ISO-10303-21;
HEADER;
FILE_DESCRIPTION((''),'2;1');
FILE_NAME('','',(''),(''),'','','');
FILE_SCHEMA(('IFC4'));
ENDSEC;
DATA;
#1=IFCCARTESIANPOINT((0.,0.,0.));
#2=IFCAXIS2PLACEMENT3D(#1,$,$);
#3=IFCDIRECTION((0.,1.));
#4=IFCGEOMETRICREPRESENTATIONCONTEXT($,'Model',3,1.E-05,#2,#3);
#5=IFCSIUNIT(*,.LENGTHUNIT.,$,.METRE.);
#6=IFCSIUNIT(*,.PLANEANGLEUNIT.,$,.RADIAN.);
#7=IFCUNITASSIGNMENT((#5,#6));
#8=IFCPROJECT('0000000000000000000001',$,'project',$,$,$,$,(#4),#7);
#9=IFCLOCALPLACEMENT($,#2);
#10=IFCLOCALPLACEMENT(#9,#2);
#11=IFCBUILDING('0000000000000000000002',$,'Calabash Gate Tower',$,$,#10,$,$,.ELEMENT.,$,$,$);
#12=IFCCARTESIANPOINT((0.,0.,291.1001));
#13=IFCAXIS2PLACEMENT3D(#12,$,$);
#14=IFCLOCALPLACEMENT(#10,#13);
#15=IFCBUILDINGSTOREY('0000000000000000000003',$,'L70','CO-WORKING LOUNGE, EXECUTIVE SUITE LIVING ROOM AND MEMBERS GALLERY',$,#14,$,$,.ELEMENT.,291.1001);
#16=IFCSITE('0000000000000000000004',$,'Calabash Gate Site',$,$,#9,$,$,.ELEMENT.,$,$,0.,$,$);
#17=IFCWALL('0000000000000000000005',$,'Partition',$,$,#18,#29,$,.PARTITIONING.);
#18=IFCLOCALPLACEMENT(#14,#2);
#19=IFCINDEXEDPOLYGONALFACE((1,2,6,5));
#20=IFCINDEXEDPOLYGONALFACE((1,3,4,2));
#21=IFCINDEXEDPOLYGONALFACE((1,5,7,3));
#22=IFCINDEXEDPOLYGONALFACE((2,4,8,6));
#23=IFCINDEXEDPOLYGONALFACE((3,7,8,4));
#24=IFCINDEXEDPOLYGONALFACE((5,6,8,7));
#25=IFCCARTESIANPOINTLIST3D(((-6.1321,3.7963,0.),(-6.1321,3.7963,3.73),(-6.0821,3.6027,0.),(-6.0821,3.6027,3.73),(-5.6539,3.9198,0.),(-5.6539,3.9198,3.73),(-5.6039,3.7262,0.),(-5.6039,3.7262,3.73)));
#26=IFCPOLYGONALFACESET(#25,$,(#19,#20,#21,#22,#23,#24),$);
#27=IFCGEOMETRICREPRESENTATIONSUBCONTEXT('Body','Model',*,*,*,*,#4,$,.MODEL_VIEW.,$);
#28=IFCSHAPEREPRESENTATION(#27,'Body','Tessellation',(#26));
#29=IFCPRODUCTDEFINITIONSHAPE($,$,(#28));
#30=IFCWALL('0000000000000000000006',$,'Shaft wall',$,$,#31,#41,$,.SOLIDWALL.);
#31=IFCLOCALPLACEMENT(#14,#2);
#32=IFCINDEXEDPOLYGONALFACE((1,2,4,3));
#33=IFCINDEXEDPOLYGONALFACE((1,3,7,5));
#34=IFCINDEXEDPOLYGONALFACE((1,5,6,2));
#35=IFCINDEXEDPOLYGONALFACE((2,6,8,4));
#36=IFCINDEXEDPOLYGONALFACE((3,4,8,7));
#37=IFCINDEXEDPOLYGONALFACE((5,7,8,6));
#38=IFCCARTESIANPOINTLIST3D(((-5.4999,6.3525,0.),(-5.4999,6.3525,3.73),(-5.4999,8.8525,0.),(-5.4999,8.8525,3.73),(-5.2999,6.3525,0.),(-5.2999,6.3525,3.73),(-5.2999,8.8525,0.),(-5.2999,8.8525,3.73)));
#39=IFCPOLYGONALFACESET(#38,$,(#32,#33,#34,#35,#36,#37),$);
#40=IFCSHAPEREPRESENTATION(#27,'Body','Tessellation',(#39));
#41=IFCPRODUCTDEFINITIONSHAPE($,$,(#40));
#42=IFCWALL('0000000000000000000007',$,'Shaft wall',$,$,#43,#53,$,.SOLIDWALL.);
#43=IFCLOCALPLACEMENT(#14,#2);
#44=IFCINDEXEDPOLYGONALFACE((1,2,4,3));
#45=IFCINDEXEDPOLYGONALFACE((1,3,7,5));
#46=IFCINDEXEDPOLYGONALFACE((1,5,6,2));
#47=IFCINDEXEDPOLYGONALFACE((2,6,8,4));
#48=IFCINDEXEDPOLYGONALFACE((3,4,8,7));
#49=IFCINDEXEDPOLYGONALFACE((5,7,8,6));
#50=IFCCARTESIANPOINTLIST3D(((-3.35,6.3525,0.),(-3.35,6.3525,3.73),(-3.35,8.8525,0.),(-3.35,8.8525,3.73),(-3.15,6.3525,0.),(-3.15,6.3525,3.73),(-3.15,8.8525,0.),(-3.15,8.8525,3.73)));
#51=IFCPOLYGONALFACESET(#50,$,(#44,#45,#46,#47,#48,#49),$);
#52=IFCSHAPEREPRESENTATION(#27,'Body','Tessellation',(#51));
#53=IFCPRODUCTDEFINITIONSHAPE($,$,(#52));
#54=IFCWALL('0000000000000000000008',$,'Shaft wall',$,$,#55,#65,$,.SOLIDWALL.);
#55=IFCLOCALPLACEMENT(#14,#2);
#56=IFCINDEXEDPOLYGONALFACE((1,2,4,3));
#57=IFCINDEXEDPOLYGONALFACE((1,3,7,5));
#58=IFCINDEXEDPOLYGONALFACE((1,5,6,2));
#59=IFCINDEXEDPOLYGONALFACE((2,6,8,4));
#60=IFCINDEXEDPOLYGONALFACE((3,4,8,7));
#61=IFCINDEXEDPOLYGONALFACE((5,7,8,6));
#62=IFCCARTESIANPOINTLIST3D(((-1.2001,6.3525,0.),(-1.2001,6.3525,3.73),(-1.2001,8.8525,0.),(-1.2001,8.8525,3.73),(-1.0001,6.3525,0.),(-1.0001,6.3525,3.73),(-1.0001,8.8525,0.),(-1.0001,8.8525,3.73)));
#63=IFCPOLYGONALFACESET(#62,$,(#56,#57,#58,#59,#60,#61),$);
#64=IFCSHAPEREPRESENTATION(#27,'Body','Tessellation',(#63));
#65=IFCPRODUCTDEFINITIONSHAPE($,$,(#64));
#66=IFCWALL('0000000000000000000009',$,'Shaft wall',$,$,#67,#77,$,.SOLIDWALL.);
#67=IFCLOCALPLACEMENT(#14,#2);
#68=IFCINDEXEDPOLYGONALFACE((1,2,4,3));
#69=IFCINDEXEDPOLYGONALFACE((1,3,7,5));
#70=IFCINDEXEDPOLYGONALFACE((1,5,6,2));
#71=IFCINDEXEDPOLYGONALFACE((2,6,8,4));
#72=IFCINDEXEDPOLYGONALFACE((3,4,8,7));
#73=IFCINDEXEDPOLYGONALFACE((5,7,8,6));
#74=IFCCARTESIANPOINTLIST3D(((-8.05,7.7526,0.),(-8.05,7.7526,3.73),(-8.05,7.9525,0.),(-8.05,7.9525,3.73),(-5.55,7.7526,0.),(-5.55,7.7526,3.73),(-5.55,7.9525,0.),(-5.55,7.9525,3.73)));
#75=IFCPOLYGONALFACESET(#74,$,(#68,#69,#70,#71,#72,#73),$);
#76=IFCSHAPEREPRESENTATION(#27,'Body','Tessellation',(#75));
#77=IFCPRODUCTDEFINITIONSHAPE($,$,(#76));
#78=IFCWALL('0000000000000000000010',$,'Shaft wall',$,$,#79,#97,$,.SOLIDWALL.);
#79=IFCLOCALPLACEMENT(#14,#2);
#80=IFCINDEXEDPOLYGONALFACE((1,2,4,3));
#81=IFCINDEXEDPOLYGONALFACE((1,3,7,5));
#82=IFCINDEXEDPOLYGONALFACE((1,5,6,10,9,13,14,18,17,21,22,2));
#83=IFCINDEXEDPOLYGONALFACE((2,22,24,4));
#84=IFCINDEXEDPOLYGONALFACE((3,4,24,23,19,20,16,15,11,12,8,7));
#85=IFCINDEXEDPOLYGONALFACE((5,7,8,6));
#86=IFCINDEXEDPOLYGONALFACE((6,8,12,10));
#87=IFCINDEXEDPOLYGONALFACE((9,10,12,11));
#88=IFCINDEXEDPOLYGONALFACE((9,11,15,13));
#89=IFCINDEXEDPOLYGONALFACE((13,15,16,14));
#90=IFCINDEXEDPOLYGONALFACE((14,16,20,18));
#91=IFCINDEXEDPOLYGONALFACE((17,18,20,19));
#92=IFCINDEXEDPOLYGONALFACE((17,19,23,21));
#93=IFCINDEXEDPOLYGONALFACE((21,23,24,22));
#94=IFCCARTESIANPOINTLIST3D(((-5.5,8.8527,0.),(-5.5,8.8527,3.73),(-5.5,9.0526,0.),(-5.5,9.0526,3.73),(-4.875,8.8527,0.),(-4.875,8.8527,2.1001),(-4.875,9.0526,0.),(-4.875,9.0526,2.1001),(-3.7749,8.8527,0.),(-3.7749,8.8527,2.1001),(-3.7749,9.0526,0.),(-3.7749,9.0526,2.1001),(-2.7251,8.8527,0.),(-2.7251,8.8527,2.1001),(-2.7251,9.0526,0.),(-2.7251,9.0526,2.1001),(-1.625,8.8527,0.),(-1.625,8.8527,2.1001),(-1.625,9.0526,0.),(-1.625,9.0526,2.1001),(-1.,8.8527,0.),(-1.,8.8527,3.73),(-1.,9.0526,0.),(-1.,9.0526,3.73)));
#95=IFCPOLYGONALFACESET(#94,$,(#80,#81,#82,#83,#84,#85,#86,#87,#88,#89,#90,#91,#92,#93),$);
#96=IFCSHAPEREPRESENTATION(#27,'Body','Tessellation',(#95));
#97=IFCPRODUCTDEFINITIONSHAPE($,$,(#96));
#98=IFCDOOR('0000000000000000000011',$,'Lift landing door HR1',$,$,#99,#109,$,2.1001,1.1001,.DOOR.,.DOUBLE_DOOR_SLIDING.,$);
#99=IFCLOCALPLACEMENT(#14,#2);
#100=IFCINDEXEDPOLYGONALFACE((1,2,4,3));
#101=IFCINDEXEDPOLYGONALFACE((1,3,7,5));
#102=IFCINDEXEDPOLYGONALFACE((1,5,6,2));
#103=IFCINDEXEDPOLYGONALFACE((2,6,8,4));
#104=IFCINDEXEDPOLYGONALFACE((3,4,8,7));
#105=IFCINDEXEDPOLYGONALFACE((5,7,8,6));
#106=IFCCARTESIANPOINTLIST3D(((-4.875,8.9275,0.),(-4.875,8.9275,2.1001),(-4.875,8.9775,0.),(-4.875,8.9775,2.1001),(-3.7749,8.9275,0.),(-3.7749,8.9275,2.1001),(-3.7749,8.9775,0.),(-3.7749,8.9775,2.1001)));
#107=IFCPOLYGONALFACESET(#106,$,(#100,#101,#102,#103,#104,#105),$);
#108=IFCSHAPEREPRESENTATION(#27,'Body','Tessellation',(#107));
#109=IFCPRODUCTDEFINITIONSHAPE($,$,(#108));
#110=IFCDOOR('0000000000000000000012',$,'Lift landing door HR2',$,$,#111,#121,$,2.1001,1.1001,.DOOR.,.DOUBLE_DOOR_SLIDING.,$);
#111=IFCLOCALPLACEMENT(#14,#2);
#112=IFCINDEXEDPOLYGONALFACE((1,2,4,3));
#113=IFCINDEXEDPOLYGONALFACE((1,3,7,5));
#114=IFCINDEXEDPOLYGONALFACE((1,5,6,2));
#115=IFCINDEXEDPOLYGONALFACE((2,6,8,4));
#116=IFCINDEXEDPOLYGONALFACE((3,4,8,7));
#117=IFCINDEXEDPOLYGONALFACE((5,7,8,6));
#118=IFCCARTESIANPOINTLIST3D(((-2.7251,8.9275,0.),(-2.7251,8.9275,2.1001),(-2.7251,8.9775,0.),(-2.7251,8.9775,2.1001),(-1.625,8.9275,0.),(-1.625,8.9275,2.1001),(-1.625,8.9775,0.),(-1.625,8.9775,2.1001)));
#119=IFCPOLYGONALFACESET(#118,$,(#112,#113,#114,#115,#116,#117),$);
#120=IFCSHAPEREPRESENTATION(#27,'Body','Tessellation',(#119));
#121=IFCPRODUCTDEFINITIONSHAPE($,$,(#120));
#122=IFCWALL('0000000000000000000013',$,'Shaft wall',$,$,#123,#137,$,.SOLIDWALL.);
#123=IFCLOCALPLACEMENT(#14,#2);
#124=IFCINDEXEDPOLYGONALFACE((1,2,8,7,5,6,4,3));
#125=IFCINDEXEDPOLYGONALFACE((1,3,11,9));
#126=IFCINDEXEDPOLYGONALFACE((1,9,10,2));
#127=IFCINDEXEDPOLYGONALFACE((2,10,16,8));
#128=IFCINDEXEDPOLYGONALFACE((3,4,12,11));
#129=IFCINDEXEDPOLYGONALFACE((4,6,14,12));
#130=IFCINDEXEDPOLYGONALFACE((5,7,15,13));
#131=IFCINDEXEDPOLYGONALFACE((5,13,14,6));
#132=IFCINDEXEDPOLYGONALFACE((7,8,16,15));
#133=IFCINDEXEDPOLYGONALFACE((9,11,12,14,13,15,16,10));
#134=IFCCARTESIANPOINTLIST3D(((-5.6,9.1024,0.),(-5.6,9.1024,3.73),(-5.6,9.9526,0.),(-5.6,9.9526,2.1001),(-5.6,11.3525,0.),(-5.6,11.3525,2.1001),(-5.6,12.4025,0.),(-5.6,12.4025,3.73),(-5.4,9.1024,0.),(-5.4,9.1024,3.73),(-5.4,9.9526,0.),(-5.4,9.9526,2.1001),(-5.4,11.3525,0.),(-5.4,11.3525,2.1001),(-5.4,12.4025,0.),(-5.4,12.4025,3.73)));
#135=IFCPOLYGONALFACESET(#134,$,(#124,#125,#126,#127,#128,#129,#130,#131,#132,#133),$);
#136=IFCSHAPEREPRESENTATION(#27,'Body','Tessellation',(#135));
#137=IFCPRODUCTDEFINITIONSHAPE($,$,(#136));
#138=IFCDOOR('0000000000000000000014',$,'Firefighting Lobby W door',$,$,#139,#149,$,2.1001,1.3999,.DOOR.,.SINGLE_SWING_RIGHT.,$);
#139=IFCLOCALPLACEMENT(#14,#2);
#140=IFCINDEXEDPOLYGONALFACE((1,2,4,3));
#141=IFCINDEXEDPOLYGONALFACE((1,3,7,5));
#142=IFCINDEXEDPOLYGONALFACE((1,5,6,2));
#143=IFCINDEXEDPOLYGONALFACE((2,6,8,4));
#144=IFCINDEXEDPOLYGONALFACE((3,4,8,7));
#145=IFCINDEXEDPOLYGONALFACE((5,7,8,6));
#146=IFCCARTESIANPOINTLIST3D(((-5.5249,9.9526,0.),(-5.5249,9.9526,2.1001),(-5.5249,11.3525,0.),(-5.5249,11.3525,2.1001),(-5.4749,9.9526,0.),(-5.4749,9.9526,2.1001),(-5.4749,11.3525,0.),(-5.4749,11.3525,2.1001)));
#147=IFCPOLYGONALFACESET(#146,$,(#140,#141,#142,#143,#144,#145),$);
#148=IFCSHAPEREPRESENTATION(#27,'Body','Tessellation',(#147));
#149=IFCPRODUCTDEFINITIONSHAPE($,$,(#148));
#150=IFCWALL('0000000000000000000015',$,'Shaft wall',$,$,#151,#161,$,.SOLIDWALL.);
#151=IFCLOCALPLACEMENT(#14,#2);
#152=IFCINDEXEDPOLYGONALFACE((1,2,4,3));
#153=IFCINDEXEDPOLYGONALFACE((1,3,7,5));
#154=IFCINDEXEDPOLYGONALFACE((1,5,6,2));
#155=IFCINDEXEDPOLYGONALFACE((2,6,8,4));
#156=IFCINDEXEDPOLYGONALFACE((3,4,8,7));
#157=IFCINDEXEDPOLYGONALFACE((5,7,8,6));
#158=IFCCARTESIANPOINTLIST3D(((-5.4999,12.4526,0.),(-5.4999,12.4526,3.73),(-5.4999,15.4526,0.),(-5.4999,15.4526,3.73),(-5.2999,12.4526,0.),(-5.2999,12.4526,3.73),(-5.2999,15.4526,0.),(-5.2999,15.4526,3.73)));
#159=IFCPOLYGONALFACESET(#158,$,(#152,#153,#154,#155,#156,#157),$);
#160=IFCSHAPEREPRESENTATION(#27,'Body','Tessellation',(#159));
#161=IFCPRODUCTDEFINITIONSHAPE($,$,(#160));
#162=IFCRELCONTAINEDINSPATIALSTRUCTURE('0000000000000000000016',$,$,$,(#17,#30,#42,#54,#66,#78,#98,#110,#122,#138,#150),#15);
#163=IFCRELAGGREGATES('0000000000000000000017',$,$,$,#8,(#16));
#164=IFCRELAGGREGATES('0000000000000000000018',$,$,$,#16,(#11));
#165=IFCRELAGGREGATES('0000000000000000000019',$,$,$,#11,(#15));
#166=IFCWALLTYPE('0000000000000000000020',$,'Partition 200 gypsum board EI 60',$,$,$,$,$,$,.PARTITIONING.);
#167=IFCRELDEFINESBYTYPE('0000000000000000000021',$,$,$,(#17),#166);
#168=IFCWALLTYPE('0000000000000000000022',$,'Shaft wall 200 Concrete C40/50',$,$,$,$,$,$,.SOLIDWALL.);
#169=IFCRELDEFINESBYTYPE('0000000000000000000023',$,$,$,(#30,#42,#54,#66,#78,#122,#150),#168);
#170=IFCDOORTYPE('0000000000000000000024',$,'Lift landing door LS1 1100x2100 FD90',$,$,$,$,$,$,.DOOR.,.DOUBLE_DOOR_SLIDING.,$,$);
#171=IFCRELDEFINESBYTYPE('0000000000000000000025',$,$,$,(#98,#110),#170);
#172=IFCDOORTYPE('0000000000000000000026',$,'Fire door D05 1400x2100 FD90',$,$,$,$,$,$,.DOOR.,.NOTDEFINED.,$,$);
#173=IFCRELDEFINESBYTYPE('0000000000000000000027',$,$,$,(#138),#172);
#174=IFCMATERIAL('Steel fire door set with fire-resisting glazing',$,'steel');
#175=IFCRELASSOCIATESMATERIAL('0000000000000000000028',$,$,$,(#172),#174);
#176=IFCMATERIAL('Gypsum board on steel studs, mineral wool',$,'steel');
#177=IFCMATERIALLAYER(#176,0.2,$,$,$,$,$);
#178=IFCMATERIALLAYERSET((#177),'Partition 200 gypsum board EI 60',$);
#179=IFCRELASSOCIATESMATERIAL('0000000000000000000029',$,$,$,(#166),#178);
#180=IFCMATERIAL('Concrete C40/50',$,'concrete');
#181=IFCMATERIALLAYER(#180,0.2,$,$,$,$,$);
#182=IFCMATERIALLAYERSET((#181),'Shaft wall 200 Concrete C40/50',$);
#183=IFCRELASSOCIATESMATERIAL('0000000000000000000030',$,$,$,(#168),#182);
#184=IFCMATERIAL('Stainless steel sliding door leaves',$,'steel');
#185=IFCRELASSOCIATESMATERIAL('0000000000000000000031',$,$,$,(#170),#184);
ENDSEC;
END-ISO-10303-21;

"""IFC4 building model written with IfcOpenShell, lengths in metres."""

from ifc_helpers import new_model, si_unit, direction, frame, frame_2d, origin, place, context, subcontext, project, spatial, rectangle, extrude, material, layer, layer_set, type_object, element, fill, save


model = new_model("IFC4")

# Units and contexts
model_context = context("Model", 3, precision=1e-05, world=origin(), true_north=direction((0.0, 1.0)))
body_context = subcontext(model_context, "Body", "Model", "MODEL_VIEW")
ifc_project = project(units=[si_unit("LENGTHUNIT", "METRE"), si_unit("PLANEANGLEUNIT", "RADIAN")], contexts=[model_context])

# Site, building, storey
site_placement = place(None, origin())
site = spatial("IfcSite", under=ifc_project, at=site_placement, Name="Calabash Gate Site", CompositionType="ELEMENT", RefElevation=0.0)
building_placement = place(site_placement, origin())
building = spatial("IfcBuilding", under=site, at=building_placement, Name="Calabash Gate Tower", CompositionType="ELEMENT")
storey_placement = place(building_placement, frame((0.0, 0.0, 291.1001)))
storey = spatial("IfcBuildingStorey", under=building, at=storey_placement, Name="L70", Description="CO-WORKING LOUNGE, EXECUTIVE SUITE LIVING ROOM AND MEMBERS GALLERY", CompositionType="ELEMENT", Elevation=291.1001)

# Shared definitions
ifc_material_1 = material(Name="Steel fire door set with fire-resisting glazing", Category="steel")
door_type_1 = type_object("IfcDoorType", Name="Fire door D05 1400x2100 FD90", OperationType="NOTDEFINED", PredefinedType="DOOR", material=ifc_material_1)

# Walls
ifc_material_2 = material(Name="Gypsum board on steel studs, mineral wool", Category="steel")
ifc_layer_1 = layer(ifc_material_2, 0.2)
ifc_layer_set_1 = layer_set([ifc_layer_1], Name="Partition 200 gypsum board EI 60")
wall_type_1 = type_object("IfcWallType", Name="Partition 200 gypsum board EI 60", PredefinedType="PARTITIONING", material=ifc_layer_set_1)
wall_1_placement = place(storey_placement, frame((-6.1072, 3.6995, 0.0), z_axis=(0.0, 0.0, 1.0), x_axis=(0.968223, 0.250087, 0.0)))
element("IfcWall", 1, at=wall_1_placement, inside=storey, type_object=wall_type_1, Name="Partition", PredefinedType="PARTITIONING", context=body_context, shape_type="SweptSolid", body=[
    extrude(rectangle(XDim=0.4939, YDim=0.2, at=frame_2d((0.2471, 0.0))), origin(), (0.0, 0.0, 1.0), 3.73),
])
ifc_material_3 = material(Name="Concrete C40/50", Category="concrete")
ifc_layer_2 = layer(ifc_material_3, 0.2)
ifc_layer_set_2 = layer_set([ifc_layer_2], Name="Shaft wall 200 Concrete C40/50")
wall_type_2 = type_object("IfcWallType", Name="Shaft wall 200 Concrete C40/50", PredefinedType="SOLIDWALL", material=ifc_layer_set_2)
for number, where, z_axis, x_axis, name in (
    (2, (-5.3999, 6.3525, 0.0), (0.0, 0.0, 1.0), (0.0, 1.0, 0.0), "Shaft wall"),
    (3, (-3.25, 6.3525, 0.0), (0.0, 0.0, 1.0), (0.0, 1.0, 0.0), "Shaft wall"),
    (4, (-1.1001, 6.3525, 0.0), (0.0, 0.0, 1.0), (0.0, 1.0, 0.0), "Shaft wall"),
    (5, (-8.05, 7.8525, 0.0), (0.0, 0.0, 1.0), (1.0, 0.0, 0.0), "Shaft wall"),
):
    element("IfcWall", number, at=place(storey_placement, frame(where, z_axis=z_axis, x_axis=x_axis)), inside=storey, type_object=wall_type_2, Name=name, PredefinedType="SOLIDWALL", context=body_context, shape_type="SweptSolid", body=[
        extrude(rectangle(XDim=2.5, YDim=0.2, at=frame_2d((1.25, 0.0))), origin(), (0.0, 0.0, 1.0), 3.73),
    ])

# Wall, openings, doors
wall_2_placement = place(storey_placement, frame((-5.5, 8.9526, 0.0), z_axis=(0.0, 0.0, 1.0), x_axis=(1.0, 0.0, 0.0)))
wall_2 = element("IfcWall", 6, at=wall_2_placement, inside=storey, type_object=wall_type_2, Name="Shaft wall", PredefinedType="SOLIDWALL", context=body_context, shape_type="SweptSolid", body=[
    extrude(rectangle(XDim=4.5, YDim=0.2, at=frame_2d((2.25, 0.0))), origin(), (0.0, 0.0, 1.0), 3.73),
])
opening_1_placement = place(wall_2_placement, frame((0.625, 0.0, 0.0)))
opening_1 = element("IfcOpeningElement", 7, at=opening_1_placement, cuts=wall_2, PredefinedType="OPENING", context=body_context, shape_type="SweptSolid", body=[
    extrude(rectangle(XDim=1.1001, YDim=2.1001, at=frame_2d((0.55, 1.05))), frame((0.0, 0.1099, 0.0), z_axis=(0.0, -1.0, 0.0), x_axis=(1.0, 0.0, 0.0)), (0.0, 0.0, 1.0), 0.22),
])
opening_2_placement = place(wall_2_placement, frame((2.7749, 0.0, 0.0)))
opening_2 = element("IfcOpeningElement", 8, at=opening_2_placement, cuts=wall_2, PredefinedType="OPENING", context=body_context, shape_type="SweptSolid", body=[
    extrude(rectangle(XDim=1.1001, YDim=2.1001, at=frame_2d((0.55, 1.05))), frame((0.0, 0.1099, 0.0), z_axis=(0.0, -1.0, 0.0), x_axis=(1.0, 0.0, 0.0)), (0.0, 0.0, 1.0), 0.22),
])
ifc_material_4 = material(Name="Stainless steel sliding door leaves", Category="steel")
door_type_2 = type_object("IfcDoorType", Name="Lift landing door LS1 1100x2100 FD90", OperationType="DOUBLE_DOOR_SLIDING", PredefinedType="DOOR", material=ifc_material_4)
door_1_placement = place(opening_1_placement, origin())
door_1 = element("IfcDoor", 9, at=door_1_placement, inside=storey, type_object=door_type_2, Name="Lift landing door HR1", OperationType="DOUBLE_DOOR_SLIDING", OverallHeight=2.1001, OverallWidth=1.1001, PredefinedType="DOOR", context=body_context, shape_type="SweptSolid", body=[
    extrude(rectangle(XDim=1.1001, YDim=2.1001, at=frame_2d((0.55, 1.05))), frame((0.0, 0.0249, 0.0), z_axis=(0.0, -1.0, 0.0), x_axis=(1.0, 0.0, 0.0)), (0.0, 0.0, 1.0), 0.05),
])
fill(opening_1, door_1)
door_2_placement = place(opening_2_placement, origin())
door_2 = element("IfcDoor", 10, at=door_2_placement, inside=storey, type_object=door_type_2, Name="Lift landing door HR2", OperationType="DOUBLE_DOOR_SLIDING", OverallHeight=2.1001, OverallWidth=1.1001, PredefinedType="DOOR", context=body_context, shape_type="SweptSolid", body=[
    extrude(rectangle(XDim=1.1001, YDim=2.1001, at=frame_2d((0.55, 1.05))), frame((0.0, 0.0249, 0.0), z_axis=(0.0, -1.0, 0.0), x_axis=(1.0, 0.0, 0.0)), (0.0, 0.0, 1.0), 0.05),
])
fill(opening_2, door_2)

# Wall, opening, door
wall_3_placement = place(storey_placement, frame((-5.5, 9.1025, 0.0), z_axis=(0.0, 0.0, 1.0), x_axis=(0.0, 1.0, 0.0)))
wall_3 = element("IfcWall", 11, at=wall_3_placement, inside=storey, type_object=wall_type_2, Name="Shaft wall", PredefinedType="SOLIDWALL", context=body_context, shape_type="SweptSolid", body=[
    extrude(rectangle(XDim=3.3, YDim=0.2, at=frame_2d((1.6499, 0.0))), origin(), (0.0, 0.0, 1.0), 3.73),
])
opening_3_placement = place(wall_3_placement, frame((0.8501, 0.0, 0.0)))
opening_3 = element("IfcOpeningElement", 12, at=opening_3_placement, cuts=wall_3, PredefinedType="OPENING", context=body_context, shape_type="SweptSolid", body=[
    extrude(rectangle(XDim=1.3999, YDim=2.1001, at=frame_2d((0.7, 1.05))), frame((0.0, 0.1099, 0.0), z_axis=(0.0, -1.0, 0.0), x_axis=(1.0, 0.0, 0.0)), (0.0, 0.0, 1.0), 0.22),
])
door_3_placement = place(opening_3_placement, origin())
door_3 = element("IfcDoor", 13, at=door_3_placement, inside=storey, type_object=door_type_1, Name="Firefighting Lobby W door", OperationType="SINGLE_SWING_RIGHT", OverallHeight=2.1001, OverallWidth=1.3999, PredefinedType="DOOR", context=body_context, shape_type="SweptSolid", body=[
    extrude(rectangle(XDim=1.3999, YDim=2.1001, at=frame_2d((0.7, 1.05))), frame((0.0, 0.0249, 0.0), z_axis=(0.0, -1.0, 0.0), x_axis=(1.0, 0.0, 0.0)), (0.0, 0.0, 1.0), 0.05),
])
fill(opening_3, door_3)

# Wall
wall_4_placement = place(storey_placement, frame((-5.3999, 12.4526, 0.0), z_axis=(0.0, 0.0, 1.0), x_axis=(0.0, 1.0, 0.0)))
element("IfcWall", 14, at=wall_4_placement, inside=storey, type_object=wall_type_2, Name="Shaft wall", PredefinedType="SOLIDWALL", context=body_context, shape_type="SweptSolid", body=[
    extrude(rectangle(XDim=3.0, YDim=0.2, at=frame_2d((1.5, 0.0))), origin(), (0.0, 0.0, 1.0), 3.73),
])

save(model, "model.ifc")
